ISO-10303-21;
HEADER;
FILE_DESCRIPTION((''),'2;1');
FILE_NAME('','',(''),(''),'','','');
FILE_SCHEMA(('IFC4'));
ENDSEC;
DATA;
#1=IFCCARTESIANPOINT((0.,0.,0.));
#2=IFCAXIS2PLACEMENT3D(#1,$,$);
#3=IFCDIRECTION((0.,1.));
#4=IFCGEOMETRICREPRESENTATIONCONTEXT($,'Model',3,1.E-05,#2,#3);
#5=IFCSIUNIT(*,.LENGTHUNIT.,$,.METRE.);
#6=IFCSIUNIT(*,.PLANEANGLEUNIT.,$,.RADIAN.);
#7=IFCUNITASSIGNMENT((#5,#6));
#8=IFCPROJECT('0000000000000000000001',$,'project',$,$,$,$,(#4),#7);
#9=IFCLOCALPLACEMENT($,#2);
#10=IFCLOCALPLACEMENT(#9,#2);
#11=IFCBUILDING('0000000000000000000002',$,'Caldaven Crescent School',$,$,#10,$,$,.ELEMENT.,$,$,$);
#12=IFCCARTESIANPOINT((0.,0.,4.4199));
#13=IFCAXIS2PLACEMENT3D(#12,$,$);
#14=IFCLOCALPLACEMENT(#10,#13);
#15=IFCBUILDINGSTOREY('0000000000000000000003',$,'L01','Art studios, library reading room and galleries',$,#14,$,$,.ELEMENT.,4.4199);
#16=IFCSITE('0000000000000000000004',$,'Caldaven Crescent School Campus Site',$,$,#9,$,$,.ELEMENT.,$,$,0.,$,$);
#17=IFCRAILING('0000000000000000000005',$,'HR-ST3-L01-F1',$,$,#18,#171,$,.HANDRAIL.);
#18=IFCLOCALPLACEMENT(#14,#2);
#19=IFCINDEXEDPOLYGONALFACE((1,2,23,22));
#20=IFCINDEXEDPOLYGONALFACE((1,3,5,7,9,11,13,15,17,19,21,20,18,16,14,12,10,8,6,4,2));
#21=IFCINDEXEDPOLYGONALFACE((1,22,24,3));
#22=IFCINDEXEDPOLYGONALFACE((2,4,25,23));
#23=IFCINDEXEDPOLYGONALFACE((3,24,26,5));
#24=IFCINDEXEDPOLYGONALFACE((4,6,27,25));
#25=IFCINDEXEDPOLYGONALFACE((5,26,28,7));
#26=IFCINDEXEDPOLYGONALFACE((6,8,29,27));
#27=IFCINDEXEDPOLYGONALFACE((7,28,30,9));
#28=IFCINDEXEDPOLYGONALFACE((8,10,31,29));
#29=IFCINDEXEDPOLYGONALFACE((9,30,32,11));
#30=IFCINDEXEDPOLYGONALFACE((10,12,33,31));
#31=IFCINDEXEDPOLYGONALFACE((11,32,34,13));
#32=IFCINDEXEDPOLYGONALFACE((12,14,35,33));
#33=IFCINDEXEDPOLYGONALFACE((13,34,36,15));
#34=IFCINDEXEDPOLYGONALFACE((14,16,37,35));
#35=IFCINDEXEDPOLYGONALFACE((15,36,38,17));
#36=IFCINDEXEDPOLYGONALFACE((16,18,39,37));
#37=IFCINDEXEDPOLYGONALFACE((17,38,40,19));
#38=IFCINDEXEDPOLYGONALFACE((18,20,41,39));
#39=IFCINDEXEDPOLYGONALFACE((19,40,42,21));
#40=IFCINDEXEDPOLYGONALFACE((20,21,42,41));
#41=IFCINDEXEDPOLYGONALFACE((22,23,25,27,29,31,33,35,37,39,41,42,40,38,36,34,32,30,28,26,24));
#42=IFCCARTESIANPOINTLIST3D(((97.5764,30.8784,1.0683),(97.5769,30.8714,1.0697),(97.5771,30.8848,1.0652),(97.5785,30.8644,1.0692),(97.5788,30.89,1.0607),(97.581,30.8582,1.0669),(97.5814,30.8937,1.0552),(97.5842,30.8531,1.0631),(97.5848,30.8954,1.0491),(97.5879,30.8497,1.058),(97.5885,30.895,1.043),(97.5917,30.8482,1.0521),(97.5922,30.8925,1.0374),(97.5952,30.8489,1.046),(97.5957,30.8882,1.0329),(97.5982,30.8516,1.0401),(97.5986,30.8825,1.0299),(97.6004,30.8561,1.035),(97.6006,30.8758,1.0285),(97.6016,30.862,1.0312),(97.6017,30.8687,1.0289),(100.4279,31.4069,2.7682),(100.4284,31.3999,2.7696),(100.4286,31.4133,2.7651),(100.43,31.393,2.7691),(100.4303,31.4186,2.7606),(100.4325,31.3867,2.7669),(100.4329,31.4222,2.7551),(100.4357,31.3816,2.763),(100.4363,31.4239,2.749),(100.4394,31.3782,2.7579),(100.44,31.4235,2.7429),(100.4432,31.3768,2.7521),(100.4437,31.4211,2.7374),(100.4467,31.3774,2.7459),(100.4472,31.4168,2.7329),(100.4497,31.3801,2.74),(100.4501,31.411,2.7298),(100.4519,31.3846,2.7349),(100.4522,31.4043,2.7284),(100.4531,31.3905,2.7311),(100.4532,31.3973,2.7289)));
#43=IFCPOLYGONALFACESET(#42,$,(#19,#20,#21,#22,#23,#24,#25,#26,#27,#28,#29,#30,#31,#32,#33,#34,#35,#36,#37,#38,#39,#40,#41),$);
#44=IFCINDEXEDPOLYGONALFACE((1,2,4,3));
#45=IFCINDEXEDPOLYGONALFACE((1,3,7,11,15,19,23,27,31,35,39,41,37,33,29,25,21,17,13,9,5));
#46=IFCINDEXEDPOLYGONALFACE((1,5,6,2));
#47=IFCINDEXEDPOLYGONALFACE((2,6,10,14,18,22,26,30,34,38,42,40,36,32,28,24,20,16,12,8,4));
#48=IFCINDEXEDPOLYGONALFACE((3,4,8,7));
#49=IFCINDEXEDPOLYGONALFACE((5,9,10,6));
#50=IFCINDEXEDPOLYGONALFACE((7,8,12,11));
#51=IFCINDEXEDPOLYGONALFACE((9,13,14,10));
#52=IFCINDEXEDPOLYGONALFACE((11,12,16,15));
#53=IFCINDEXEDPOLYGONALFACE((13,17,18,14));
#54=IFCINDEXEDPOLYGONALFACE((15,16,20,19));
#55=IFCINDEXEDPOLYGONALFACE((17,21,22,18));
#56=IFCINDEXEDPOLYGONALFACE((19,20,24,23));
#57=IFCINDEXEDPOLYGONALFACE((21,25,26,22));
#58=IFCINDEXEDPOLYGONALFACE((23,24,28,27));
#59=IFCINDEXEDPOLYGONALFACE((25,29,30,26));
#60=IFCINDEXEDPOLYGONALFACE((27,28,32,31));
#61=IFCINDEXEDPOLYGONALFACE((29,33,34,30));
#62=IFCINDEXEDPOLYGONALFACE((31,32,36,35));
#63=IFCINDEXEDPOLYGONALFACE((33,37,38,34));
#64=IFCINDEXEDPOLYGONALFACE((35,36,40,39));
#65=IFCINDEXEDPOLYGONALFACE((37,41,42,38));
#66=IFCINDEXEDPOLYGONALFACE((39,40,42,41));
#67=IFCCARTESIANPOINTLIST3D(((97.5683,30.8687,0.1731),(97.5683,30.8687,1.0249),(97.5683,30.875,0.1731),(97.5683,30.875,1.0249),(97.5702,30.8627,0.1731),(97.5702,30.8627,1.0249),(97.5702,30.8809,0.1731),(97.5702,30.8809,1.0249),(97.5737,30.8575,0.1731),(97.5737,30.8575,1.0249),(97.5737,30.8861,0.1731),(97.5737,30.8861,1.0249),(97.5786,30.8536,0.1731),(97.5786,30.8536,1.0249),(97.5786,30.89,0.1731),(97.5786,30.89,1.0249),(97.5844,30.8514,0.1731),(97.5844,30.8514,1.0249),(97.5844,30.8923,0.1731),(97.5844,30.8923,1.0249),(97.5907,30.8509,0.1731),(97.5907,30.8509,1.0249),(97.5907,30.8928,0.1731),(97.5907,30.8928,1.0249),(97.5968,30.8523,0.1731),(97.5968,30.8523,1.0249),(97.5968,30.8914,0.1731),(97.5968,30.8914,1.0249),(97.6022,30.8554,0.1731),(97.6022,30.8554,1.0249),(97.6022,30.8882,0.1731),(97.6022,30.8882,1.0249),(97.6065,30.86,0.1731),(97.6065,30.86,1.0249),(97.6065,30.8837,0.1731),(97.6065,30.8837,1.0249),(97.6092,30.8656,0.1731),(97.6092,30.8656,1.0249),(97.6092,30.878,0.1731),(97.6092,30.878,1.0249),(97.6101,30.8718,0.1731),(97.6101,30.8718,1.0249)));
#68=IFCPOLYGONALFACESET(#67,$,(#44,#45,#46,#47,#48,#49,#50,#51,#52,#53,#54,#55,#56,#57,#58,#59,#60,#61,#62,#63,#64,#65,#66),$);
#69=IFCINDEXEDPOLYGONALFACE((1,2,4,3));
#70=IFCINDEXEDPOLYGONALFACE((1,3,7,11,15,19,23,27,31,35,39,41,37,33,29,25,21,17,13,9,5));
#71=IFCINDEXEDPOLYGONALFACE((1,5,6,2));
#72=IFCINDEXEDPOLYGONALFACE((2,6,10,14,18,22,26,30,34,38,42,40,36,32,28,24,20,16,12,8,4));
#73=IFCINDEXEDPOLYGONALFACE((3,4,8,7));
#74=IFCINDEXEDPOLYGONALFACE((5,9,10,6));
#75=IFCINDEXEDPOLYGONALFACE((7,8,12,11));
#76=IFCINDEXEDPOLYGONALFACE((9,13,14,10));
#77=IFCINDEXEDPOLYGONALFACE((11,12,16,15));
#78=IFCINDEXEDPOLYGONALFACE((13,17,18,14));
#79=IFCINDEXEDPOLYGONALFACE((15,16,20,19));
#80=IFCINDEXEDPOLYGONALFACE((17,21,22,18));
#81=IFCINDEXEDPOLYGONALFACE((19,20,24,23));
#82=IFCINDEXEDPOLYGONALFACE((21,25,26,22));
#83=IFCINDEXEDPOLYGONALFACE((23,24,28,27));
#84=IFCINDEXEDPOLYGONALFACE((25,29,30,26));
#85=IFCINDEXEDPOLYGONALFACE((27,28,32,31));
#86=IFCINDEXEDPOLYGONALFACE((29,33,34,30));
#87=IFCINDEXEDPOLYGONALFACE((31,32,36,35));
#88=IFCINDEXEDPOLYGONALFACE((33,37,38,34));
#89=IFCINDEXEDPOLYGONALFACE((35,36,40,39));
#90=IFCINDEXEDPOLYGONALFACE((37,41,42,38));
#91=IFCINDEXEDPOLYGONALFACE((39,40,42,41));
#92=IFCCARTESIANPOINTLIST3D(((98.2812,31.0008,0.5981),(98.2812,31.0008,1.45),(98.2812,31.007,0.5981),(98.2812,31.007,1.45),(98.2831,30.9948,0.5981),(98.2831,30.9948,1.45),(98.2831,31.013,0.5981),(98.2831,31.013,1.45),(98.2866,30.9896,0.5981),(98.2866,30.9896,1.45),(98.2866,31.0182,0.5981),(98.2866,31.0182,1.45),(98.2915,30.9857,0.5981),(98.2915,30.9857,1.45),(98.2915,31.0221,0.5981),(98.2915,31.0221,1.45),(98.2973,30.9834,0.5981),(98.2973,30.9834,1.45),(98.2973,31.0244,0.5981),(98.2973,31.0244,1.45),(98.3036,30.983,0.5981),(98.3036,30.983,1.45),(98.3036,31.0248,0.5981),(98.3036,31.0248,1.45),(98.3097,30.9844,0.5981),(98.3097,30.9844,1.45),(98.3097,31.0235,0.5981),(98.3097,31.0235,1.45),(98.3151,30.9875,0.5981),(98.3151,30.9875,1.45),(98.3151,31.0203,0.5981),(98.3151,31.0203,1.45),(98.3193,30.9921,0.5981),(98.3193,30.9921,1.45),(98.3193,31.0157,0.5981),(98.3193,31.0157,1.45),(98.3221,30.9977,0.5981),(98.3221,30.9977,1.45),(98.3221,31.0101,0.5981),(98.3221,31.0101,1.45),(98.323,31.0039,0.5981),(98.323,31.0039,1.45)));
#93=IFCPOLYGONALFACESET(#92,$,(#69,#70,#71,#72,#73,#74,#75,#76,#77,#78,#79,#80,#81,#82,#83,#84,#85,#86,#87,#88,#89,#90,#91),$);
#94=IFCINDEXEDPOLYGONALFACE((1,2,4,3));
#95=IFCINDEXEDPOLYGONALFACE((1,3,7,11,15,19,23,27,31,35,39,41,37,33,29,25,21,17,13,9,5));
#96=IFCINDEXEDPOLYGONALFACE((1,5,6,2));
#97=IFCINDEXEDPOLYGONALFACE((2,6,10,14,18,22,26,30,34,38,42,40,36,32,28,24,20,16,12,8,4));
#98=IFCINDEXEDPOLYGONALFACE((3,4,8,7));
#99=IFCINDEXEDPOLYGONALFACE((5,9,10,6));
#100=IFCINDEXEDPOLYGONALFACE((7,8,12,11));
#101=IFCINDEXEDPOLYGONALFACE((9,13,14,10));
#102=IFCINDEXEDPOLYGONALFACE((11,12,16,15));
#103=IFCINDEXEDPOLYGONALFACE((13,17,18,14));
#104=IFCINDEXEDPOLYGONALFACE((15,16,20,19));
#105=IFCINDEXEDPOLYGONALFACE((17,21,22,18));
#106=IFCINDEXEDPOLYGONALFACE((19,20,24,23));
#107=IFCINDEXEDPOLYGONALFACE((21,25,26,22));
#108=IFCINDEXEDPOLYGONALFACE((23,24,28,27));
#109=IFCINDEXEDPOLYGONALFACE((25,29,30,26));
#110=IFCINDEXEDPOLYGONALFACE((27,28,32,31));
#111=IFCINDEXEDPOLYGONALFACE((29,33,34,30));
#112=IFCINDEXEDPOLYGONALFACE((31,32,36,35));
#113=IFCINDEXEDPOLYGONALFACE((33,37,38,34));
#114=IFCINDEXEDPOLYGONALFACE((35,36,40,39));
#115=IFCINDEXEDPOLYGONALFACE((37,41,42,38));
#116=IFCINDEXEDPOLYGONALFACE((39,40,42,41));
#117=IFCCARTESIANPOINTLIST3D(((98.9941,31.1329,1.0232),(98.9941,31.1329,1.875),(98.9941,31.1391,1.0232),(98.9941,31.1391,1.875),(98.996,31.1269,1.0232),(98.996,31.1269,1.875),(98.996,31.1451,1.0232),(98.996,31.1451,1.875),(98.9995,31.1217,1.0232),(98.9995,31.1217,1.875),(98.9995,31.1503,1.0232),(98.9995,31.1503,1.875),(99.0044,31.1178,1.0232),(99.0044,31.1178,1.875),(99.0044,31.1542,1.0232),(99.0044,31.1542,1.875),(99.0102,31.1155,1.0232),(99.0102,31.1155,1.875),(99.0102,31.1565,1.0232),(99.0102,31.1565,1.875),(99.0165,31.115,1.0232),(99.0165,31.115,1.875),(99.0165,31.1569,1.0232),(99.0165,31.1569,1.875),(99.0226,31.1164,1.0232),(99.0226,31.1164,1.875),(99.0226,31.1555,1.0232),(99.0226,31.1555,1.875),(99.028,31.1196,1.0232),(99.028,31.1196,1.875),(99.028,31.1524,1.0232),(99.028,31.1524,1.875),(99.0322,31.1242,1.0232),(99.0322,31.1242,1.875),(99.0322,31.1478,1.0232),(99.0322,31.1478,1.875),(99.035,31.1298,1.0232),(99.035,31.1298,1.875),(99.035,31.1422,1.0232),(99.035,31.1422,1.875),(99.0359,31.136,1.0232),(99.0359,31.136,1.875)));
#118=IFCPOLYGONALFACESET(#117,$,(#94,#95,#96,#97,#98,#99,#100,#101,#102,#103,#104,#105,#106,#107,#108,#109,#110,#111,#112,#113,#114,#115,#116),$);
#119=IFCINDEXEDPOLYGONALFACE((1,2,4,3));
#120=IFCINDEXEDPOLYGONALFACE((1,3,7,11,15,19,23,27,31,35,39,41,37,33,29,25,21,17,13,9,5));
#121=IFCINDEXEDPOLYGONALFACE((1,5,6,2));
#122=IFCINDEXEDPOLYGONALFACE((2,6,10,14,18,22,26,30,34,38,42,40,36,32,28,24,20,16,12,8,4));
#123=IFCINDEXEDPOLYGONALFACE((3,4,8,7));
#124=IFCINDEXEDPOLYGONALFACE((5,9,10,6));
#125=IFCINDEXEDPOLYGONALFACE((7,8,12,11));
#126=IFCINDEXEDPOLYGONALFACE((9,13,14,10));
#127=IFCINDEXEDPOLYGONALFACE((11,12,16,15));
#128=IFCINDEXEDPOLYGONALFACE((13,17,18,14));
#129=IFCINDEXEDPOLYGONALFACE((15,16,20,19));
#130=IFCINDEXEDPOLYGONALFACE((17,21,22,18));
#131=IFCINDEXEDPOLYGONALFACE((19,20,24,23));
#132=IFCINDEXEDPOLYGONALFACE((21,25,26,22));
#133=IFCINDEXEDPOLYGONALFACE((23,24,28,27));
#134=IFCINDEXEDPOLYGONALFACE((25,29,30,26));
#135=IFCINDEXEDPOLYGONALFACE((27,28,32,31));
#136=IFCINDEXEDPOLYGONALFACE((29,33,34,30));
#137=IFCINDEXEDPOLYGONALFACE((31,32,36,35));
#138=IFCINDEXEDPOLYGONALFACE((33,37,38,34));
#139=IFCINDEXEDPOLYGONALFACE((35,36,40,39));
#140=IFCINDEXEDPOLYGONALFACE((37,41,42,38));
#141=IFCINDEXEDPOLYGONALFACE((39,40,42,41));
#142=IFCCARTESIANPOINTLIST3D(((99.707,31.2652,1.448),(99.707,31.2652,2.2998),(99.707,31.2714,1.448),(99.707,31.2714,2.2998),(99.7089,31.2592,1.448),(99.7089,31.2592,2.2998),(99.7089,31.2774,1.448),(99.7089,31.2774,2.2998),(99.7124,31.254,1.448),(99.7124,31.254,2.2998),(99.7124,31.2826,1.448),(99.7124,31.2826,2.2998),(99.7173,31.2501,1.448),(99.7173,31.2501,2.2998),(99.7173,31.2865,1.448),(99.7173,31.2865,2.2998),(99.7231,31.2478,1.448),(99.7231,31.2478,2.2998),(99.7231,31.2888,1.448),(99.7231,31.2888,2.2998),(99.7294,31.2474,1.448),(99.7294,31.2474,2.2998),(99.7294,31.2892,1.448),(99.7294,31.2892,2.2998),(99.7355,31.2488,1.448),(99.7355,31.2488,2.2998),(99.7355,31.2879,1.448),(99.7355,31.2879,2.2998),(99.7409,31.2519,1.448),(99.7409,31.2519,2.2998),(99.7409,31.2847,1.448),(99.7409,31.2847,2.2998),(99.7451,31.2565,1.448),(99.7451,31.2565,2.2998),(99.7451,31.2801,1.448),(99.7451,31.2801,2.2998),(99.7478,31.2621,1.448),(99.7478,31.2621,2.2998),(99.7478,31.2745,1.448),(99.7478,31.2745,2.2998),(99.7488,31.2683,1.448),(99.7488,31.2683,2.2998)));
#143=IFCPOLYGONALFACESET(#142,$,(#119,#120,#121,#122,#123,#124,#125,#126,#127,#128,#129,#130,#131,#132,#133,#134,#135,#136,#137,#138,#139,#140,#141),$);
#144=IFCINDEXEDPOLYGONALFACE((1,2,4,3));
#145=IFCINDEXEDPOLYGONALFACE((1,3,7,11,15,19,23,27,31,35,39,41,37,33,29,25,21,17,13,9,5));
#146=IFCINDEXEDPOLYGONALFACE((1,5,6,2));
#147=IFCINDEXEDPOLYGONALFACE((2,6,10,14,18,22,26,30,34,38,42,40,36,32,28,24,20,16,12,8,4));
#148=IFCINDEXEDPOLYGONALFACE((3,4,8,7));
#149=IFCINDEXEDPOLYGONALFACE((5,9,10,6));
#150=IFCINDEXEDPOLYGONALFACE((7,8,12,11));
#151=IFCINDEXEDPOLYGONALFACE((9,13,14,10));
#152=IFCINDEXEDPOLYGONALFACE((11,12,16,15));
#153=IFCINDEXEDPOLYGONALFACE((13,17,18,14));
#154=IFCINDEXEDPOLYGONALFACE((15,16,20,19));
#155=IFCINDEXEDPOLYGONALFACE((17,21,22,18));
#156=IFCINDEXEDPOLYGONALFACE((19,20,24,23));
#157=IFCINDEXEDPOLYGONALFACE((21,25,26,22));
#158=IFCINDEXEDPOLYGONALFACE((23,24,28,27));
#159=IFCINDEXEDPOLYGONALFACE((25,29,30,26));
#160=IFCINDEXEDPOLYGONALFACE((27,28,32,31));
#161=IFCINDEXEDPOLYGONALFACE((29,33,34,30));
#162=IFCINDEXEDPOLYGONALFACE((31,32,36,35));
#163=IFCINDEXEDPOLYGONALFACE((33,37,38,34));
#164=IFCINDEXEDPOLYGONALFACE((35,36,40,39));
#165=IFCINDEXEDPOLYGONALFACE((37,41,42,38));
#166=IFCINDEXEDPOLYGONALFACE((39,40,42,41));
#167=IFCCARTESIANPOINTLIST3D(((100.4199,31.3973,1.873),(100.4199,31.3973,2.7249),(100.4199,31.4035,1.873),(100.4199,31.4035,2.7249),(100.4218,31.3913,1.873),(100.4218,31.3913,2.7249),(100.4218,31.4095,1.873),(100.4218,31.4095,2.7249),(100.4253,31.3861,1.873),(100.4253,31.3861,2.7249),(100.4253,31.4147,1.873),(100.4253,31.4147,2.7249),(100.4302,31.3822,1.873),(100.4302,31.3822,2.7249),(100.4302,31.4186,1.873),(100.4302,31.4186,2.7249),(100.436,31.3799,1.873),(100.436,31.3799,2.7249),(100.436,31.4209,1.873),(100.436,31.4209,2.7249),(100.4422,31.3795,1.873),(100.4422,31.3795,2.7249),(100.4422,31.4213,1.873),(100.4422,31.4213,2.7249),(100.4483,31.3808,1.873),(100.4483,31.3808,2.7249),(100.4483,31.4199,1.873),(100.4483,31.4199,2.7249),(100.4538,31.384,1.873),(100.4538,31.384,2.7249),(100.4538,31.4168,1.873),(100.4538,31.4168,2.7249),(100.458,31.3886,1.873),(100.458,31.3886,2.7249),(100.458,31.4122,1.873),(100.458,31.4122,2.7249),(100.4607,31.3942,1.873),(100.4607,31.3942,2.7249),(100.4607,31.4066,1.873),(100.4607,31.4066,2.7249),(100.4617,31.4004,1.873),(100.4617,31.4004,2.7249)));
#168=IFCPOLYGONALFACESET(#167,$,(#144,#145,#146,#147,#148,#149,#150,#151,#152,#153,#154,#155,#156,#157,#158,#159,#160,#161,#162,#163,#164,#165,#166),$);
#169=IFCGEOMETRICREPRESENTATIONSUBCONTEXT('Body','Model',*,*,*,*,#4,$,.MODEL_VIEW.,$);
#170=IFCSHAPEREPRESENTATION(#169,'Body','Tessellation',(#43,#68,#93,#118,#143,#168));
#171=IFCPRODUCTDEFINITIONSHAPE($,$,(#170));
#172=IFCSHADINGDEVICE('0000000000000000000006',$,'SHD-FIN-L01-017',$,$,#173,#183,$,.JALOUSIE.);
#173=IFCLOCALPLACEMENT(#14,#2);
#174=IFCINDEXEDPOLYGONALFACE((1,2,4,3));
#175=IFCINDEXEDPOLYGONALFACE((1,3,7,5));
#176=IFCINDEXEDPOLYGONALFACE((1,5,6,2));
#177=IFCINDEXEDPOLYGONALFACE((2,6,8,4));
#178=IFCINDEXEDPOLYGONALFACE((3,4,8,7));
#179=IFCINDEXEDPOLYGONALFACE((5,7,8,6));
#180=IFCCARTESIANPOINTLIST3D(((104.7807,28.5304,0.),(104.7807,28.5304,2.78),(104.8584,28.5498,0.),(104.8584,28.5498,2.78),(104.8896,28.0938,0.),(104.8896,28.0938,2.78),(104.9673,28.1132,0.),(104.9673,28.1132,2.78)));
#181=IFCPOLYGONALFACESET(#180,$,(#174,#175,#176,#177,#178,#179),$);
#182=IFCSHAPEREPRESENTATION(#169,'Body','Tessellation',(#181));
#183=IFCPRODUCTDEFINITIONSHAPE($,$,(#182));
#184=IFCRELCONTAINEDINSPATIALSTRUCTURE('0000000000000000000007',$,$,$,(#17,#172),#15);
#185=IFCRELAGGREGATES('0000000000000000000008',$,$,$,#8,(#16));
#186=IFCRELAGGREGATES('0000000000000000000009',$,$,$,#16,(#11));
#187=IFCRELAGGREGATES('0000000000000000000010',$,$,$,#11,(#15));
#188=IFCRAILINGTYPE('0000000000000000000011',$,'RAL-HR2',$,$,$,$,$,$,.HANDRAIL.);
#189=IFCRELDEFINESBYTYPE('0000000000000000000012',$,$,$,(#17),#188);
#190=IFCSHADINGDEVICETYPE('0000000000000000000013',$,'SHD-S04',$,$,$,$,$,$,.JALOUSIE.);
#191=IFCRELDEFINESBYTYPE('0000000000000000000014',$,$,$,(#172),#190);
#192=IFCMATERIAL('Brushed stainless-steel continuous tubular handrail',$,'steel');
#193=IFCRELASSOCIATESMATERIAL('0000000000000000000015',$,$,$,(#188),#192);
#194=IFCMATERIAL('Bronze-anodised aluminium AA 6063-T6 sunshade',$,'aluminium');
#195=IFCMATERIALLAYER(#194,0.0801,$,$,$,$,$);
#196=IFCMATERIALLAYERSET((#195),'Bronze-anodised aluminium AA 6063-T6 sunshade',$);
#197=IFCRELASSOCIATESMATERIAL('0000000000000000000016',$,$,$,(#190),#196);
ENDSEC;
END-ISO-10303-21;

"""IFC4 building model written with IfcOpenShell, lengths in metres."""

from ifc_helpers import new_model, si_unit, direction, frame, origin, origin_2d, place, context, subcontext, project, spatial, rectangle, circle, extrude, material, layer, layer_set, type_object, element, save


model = new_model("IFC4")

# Units and contexts
model_context = context("Model", 3, precision=1e-05, world=origin(), true_north=direction((0.0, 1.0)))
body_context = subcontext(model_context, "Body", "Model", "MODEL_VIEW")
ifc_project = project(units=[si_unit("LENGTHUNIT", "METRE"), si_unit("PLANEANGLEUNIT", "RADIAN")], contexts=[model_context])

# Site, building, storey
site_placement = place(None, origin())
site = spatial("IfcSite", under=ifc_project, at=site_placement, Name="Caldaven Crescent School Campus Site", CompositionType="ELEMENT", RefElevation=0.0)
building_placement = place(site_placement, origin())
building = spatial("IfcBuilding", under=site, at=building_placement, Name="Caldaven Crescent School", CompositionType="ELEMENT")
storey_placement = place(building_placement, frame((0.0, 0.0, 4.4199)))
storey = spatial("IfcBuildingStorey", under=building, at=storey_placement, Name="L01", Description="Art studios, library reading room and galleries", CompositionType="ELEMENT", Elevation=4.4199)

# Railing
ifc_material_1 = material(Name="Brushed stainless-steel continuous tubular handrail", Category="steel")
railing_type_1 = type_object("IfcRailingType", Name="RAL-HR2", PredefinedType="HANDRAIL", material=ifc_material_1)
railing_1_placement = place(storey_placement, frame((97.5891, 30.8718, 0.1731)))
element("IfcRailing", 1, at=railing_1_placement, inside=storey, type_object=railing_type_1, Name="HR-ST3-L01-F1", PredefinedType="HANDRAIL", context=body_context, shape_type="SweptSolid", body=[
    extrude(circle(Radius=0.0239, at=origin_2d()), frame((0.0, 0.0, 0.876), z_axis=(0.848265, 0.157234, 0.505691), x_axis=(-0.182255, 0.983251, 0.0)), (0.0, 0.0, 1.0), 3.3616),
    extrude(circle(Radius=0.021, at=origin_2d()), origin(), (0.0, 0.0, 1.0), 0.8518),
    extrude(circle(Radius=0.021, at=origin_2d()), frame((0.7129, 0.1321, 0.425)), (0.0, 0.0, 1.0), 0.8518),
    extrude(circle(Radius=0.021, at=origin_2d()), frame((1.4258, 0.2642, 0.8501)), (0.0, 0.0, 1.0), 0.8518),
    extrude(circle(Radius=0.021, at=origin_2d()), frame((2.1387, 0.3965, 1.2749)), (0.0, 0.0, 1.0), 0.8518),
    extrude(circle(Radius=0.021, at=origin_2d()), frame((2.8516, 0.5286, 1.7)), (0.0, 0.0, 1.0), 0.8518),
])

# Shading device
ifc_material_2 = material(Name="Bronze-anodised aluminium AA 6063-T6 sunshade", Category="aluminium")
ifc_layer_1 = layer(ifc_material_2, 0.0801)
ifc_layer_set_1 = layer_set([ifc_layer_1], Name="Bronze-anodised aluminium AA 6063-T6 sunshade")
shading_device_type = type_object("IfcShadingDeviceType", Name="SHD-S04", PredefinedType="JALOUSIE", material=ifc_layer_set_1)
shading_device_placement = place(storey_placement, frame((104.874, 28.3218, 0.0), z_axis=(0.0, 0.0, 1.0), x_axis=(0.241922, -0.970296, 0.0)))
element("IfcShadingDevice", 2, at=shading_device_placement, inside=storey, type_object=shading_device_type, Name="SHD-FIN-L01-017", PredefinedType="JALOUSIE", context=body_context, shape_type="SweptSolid", body=[
    extrude(rectangle(XDim=0.45, YDim=0.0801, at=origin_2d()), origin(), (0.0, 0.0, 1.0), 2.78),
])

save(model, "model.ifc")
